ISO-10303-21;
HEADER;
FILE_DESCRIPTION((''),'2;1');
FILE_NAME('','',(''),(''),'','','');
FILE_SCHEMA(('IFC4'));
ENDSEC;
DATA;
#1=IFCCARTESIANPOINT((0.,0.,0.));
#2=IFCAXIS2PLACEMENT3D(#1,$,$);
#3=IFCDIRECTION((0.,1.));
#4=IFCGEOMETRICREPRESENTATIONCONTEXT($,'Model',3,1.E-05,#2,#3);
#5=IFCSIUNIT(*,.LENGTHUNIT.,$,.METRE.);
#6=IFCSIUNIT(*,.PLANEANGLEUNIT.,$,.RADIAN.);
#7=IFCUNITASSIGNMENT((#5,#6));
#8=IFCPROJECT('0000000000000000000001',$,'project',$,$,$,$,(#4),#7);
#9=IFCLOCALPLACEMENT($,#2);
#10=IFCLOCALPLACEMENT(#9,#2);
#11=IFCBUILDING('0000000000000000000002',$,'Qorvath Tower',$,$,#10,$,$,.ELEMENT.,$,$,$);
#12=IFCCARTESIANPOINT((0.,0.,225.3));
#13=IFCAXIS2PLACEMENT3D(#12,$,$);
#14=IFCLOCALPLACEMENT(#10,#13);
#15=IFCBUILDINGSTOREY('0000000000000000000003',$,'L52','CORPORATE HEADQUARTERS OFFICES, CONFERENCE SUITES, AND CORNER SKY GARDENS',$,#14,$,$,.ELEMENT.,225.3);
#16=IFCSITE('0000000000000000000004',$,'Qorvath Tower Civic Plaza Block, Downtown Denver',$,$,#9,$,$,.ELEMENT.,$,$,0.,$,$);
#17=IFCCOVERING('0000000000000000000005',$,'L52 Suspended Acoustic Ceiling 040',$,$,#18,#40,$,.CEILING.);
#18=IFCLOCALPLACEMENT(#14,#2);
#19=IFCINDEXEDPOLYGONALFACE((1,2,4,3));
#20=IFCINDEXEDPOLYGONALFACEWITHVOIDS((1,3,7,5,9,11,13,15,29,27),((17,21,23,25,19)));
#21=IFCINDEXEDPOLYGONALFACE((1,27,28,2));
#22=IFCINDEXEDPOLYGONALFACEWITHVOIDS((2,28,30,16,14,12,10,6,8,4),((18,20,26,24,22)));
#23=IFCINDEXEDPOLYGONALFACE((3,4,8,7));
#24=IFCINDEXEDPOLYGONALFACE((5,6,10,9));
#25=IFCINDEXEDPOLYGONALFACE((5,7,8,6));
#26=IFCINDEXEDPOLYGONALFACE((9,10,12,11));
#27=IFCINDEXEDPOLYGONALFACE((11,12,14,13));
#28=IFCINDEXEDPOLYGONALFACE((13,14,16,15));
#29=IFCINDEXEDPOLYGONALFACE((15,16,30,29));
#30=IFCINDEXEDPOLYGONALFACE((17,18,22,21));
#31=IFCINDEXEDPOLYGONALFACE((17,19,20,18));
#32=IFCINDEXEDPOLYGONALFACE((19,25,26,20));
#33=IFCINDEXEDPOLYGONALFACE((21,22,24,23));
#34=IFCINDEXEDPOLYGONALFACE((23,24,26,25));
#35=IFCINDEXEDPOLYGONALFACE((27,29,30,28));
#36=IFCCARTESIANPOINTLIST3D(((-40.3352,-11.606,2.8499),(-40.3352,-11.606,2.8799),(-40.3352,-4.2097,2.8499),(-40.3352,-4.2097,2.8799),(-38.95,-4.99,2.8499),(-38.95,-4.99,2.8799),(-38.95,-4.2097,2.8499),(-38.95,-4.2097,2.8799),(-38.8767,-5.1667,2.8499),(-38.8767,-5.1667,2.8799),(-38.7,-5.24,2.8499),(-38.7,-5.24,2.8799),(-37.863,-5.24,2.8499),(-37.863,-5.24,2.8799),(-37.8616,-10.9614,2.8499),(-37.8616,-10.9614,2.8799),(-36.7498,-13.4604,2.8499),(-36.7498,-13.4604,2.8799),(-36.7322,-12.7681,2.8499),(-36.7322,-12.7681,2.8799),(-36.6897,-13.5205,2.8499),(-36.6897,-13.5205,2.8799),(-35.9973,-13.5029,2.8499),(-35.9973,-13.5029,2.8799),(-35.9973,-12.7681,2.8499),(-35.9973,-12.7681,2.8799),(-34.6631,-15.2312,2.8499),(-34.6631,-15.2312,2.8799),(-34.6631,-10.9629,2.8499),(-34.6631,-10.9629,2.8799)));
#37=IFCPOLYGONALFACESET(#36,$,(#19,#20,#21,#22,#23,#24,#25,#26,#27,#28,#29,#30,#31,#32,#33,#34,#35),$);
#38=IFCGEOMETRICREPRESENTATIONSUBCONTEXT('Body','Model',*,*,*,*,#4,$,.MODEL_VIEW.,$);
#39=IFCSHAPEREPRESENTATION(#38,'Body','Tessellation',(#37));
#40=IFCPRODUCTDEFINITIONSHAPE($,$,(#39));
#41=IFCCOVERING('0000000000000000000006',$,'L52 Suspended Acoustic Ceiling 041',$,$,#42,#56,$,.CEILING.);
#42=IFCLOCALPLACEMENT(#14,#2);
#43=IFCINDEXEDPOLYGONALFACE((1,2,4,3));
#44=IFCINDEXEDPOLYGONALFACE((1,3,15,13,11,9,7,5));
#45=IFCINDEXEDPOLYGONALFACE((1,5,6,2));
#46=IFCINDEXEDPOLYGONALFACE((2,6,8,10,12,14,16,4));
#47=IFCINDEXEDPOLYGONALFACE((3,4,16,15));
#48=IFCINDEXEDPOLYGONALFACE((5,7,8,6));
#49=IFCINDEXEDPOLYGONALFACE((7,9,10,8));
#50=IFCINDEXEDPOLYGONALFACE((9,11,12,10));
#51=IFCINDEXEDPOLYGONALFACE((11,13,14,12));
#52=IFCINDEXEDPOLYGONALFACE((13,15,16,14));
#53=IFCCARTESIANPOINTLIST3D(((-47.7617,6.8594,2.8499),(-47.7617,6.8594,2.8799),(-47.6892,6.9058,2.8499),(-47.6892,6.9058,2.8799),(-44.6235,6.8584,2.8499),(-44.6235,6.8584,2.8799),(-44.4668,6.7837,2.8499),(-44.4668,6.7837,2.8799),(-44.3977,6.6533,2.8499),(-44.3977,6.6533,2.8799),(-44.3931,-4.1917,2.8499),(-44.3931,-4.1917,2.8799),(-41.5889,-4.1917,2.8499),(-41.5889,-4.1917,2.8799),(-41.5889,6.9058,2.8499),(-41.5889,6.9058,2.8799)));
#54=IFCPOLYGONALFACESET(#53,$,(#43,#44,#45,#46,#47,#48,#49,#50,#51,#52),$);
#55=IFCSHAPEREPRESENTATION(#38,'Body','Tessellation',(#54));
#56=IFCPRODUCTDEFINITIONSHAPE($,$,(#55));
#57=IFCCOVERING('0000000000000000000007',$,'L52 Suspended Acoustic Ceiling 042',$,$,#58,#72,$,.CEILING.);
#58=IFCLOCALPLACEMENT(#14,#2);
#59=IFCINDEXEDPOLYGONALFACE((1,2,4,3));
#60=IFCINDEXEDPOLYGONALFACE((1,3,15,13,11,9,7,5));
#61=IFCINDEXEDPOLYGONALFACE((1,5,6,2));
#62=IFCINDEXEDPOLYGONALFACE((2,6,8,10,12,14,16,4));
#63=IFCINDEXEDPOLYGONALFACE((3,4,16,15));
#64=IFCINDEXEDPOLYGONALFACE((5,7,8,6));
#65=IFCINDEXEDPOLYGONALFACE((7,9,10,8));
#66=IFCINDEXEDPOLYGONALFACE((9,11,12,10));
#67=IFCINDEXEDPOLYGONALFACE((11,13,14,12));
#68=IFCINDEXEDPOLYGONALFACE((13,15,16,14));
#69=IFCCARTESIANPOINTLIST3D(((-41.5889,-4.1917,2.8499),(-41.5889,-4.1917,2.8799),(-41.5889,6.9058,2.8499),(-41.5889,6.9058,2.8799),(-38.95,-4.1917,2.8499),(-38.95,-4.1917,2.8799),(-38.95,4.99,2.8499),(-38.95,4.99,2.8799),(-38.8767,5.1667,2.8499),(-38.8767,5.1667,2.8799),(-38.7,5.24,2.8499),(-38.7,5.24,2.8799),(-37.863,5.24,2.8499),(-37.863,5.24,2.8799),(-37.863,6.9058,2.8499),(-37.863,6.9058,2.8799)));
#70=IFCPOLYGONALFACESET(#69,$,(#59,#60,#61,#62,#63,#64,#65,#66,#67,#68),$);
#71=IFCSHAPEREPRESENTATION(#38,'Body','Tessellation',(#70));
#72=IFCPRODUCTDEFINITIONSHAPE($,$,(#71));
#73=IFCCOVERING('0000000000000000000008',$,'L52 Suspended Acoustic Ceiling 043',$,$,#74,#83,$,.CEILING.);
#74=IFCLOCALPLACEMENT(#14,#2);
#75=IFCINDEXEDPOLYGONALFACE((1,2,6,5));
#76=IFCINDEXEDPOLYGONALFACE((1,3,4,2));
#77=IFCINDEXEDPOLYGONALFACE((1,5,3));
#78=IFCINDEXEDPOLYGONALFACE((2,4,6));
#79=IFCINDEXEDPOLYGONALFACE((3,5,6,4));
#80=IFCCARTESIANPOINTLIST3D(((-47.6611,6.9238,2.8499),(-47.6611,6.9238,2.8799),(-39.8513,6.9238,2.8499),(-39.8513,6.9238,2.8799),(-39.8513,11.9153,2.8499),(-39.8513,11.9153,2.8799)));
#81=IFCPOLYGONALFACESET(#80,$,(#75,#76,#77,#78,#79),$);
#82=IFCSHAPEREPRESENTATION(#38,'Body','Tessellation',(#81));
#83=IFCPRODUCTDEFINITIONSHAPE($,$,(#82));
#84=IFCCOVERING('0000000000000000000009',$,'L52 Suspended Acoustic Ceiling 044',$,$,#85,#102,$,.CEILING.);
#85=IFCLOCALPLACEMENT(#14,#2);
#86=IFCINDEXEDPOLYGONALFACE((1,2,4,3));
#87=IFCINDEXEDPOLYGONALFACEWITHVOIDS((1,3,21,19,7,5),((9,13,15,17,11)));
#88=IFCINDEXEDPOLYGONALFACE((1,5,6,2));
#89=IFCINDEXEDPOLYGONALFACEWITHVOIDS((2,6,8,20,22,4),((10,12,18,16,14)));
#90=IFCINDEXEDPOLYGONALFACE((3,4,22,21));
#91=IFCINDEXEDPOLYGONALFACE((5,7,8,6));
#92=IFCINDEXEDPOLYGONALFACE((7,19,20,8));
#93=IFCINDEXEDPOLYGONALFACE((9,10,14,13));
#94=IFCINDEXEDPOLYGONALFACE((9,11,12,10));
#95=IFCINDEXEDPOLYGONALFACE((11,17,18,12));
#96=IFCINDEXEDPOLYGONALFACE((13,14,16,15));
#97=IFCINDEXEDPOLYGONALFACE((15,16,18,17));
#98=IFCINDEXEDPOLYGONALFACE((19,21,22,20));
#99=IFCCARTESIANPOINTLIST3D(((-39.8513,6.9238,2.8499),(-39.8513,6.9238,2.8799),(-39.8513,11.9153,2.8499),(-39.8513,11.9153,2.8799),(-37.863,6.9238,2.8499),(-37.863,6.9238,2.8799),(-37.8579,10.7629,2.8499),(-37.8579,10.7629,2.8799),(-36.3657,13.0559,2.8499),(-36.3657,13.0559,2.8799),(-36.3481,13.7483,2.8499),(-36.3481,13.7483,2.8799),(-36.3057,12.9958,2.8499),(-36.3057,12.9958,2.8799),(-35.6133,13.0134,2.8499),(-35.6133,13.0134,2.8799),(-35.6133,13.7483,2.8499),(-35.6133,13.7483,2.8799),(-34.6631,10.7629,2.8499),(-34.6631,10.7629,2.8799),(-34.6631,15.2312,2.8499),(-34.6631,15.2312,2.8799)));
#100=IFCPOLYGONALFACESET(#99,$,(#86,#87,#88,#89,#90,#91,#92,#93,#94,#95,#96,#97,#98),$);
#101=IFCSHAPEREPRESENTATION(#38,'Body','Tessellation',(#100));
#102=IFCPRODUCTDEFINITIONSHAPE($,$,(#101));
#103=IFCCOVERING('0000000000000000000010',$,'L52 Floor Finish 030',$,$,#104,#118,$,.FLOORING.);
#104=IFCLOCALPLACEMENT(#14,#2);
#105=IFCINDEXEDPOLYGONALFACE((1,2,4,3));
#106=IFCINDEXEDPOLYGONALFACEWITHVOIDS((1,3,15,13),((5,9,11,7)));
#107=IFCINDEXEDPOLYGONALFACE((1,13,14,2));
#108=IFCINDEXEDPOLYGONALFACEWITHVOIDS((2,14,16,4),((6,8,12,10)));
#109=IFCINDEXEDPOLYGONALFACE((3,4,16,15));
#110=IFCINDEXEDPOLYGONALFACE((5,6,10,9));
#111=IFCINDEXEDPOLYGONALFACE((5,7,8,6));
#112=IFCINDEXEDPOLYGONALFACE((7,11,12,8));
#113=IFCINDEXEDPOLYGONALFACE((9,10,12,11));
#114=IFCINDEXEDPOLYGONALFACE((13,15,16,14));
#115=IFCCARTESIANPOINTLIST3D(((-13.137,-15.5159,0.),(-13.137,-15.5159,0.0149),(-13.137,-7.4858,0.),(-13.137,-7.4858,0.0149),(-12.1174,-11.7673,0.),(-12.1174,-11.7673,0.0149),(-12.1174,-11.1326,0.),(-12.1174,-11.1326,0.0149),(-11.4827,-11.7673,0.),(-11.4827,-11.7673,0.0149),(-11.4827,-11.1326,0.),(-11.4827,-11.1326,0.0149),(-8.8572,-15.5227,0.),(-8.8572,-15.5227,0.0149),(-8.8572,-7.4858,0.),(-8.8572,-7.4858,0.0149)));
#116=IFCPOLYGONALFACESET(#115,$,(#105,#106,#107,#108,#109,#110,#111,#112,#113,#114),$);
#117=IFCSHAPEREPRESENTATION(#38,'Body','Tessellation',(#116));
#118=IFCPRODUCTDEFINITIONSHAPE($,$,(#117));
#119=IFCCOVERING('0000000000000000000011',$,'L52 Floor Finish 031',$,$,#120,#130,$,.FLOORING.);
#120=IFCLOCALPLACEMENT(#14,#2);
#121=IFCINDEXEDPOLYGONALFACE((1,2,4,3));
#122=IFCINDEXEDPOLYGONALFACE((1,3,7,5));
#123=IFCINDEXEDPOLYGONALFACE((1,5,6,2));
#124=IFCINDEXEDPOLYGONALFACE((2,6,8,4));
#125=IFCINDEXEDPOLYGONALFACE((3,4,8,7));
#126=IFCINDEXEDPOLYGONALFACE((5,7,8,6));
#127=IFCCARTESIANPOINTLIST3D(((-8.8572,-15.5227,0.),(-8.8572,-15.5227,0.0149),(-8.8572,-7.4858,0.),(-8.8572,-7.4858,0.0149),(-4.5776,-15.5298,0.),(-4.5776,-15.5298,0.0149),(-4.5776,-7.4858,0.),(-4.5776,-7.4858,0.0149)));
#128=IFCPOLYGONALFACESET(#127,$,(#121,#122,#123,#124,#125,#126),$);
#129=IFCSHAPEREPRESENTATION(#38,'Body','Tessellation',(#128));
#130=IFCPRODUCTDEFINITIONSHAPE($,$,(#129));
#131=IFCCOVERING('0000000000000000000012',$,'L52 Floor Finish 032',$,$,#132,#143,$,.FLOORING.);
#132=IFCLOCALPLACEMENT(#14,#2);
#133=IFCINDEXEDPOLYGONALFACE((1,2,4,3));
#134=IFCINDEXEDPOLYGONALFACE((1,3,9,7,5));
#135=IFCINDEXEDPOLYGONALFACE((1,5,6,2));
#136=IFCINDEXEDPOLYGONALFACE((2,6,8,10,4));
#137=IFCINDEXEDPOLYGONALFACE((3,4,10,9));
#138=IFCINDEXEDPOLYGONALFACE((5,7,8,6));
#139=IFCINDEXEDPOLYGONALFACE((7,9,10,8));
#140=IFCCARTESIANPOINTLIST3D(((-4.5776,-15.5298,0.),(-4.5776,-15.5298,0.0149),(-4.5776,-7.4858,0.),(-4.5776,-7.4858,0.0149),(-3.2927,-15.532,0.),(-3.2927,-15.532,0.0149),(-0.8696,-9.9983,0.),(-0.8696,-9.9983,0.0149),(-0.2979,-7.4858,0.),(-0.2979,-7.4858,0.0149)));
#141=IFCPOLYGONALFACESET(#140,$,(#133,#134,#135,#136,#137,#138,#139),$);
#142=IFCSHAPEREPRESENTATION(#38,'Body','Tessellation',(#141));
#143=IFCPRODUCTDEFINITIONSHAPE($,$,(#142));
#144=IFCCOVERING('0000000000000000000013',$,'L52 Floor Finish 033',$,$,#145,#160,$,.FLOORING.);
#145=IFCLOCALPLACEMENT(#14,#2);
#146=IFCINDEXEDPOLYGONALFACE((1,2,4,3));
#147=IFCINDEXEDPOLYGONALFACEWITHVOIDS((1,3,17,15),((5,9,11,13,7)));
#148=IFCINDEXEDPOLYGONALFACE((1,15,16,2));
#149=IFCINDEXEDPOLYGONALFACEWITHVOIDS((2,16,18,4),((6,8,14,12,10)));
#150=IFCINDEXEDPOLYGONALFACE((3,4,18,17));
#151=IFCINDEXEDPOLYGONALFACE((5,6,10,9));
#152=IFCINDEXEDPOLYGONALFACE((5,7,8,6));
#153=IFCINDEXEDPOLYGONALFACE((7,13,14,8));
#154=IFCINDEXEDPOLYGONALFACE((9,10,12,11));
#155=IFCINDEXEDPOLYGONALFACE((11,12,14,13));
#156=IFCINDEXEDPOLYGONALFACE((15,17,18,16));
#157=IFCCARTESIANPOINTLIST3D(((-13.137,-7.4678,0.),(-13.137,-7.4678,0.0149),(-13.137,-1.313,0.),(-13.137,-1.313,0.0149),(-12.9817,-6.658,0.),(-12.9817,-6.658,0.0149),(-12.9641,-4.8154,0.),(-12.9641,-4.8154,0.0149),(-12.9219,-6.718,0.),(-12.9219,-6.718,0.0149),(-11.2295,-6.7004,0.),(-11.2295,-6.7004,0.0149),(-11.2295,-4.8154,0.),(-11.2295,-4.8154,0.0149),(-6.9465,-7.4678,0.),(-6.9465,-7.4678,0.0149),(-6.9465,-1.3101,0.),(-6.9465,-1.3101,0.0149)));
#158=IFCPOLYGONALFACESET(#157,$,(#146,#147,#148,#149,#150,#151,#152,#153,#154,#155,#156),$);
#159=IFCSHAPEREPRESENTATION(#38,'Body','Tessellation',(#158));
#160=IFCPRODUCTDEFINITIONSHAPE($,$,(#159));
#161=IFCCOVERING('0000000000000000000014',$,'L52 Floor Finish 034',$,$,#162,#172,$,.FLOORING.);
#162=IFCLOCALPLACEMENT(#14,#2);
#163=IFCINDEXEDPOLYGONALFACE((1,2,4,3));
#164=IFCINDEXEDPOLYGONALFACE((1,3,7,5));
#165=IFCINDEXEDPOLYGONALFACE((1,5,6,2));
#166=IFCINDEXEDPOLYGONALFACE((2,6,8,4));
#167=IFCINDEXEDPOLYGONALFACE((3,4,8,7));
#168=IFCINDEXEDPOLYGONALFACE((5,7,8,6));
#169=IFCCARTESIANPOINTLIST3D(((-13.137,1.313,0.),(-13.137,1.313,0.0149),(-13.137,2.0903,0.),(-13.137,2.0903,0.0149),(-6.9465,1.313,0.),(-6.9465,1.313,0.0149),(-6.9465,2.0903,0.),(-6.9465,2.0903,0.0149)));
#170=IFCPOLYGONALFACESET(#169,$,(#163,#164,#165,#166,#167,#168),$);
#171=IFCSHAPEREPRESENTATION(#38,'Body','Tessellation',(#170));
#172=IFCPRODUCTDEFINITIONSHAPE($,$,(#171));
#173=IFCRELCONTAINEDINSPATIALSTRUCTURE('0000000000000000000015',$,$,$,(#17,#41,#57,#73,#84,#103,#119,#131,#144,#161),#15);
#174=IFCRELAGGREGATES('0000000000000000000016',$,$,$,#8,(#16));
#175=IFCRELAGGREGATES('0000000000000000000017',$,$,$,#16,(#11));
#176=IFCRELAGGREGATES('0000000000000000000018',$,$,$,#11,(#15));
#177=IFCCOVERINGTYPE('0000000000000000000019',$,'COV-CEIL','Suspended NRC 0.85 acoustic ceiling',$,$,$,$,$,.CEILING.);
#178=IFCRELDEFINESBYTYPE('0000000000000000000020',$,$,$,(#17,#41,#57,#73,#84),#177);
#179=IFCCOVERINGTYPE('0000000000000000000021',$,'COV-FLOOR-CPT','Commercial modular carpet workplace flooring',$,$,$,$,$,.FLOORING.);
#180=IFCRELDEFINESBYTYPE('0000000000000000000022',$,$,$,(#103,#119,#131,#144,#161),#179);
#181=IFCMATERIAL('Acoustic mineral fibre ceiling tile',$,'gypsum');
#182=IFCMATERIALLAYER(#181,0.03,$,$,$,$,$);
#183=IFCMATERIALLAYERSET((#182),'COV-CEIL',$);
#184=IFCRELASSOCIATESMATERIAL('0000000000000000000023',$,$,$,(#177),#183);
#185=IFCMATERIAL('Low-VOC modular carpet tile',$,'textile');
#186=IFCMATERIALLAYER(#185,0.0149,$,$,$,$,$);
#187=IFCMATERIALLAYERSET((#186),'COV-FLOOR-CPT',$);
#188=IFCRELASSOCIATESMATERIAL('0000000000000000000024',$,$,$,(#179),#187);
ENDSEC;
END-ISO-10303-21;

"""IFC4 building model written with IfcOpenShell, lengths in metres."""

from ifc_helpers import new_model, si_unit, direction, frame, origin, place, context, subcontext, project, spatial, polyline, outline, extrude, material, layer, layer_set, type_object, element, save


model = new_model("IFC4")

# Units and contexts
model_context = context("Model", 3, precision=1e-05, world=origin(), true_north=direction((0.0, 1.0)))
body_context = subcontext(model_context, "Body", "Model", "MODEL_VIEW")
ifc_project = project(units=[si_unit("LENGTHUNIT", "METRE"), si_unit("PLANEANGLEUNIT", "RADIAN")], contexts=[model_context])

# Site, building, storey
site_placement = place(None, origin())
site = spatial("IfcSite", under=ifc_project, at=site_placement, Name="Qorvath Tower Civic Plaza Block, Downtown Denver", CompositionType="ELEMENT", RefElevation=0.0)
building_placement = place(site_placement, origin())
building = spatial("IfcBuilding", under=site, at=building_placement, Name="Qorvath Tower", CompositionType="ELEMENT")
storey_placement = place(building_placement, frame((0.0, 0.0, 225.3)))
storey = spatial("IfcBuildingStorey", under=building, at=storey_placement, Name="L52", Description="CORPORATE HEADQUARTERS OFFICES, CONFERENCE SUITES, AND CORNER SKY GARDENS", CompositionType="ELEMENT", Elevation=225.3)

# Coverings
ifc_material_1 = material(Name="Acoustic mineral fibre ceiling tile", Category="gypsum")
ifc_layer_1 = layer(ifc_material_1, 0.03)
ifc_layer_set_1 = layer_set([ifc_layer_1], Name="COV-CEIL")
covering_type_1 = type_object("IfcCoveringType", Name="COV-CEIL", Description="Suspended NRC 0.85 acoustic ceiling", PredefinedType="CEILING", material=ifc_layer_set_1)
covering_1_placement = place(storey_placement, frame((0.0, 0.0, 2.8499)))
element("IfcCovering", 1, at=covering_1_placement, inside=storey, type_object=covering_type_1, Name="L52 Suspended Acoustic Ceiling 040", PredefinedType="CEILING", context=body_context, shape_type="SweptSolid", body=[
    extrude(outline(polyline([(-40.3352, -4.2097), (-40.3352, -11.606), (-34.6631, -15.2312), (-34.6631, -10.9629), (-37.8616, -10.9614), (-37.863, -5.24), (-38.7, -5.24), (-38.8767, -5.1667), (-38.95, -4.99), (-38.95, -4.2097), (-40.3352, -4.2097)]), holes=[polyline([(-36.7498, -13.4604), (-36.7322, -12.7681), (-35.9973, -12.7681), (-35.9973, -13.5029), (-36.6897, -13.5205), (-36.7498, -13.4604)])]), origin(), (0.0, 0.0, 1.0), 0.03),
])
covering_2_placement = place(storey_placement, frame((0.0, 0.0, 2.8499)))
element("IfcCovering", 2, at=covering_2_placement, inside=storey, type_object=covering_type_1, Name="L52 Suspended Acoustic Ceiling 041", PredefinedType="CEILING", context=body_context, shape_type="SweptSolid", body=[
    extrude(outline(polyline([(-44.4668, 6.7837), (-44.3977, 6.6533), (-44.3931, -4.1917), (-41.5889, -4.1917), (-41.5889, 6.9058), (-47.6892, 6.9058), (-47.7617, 6.8594), (-44.6235, 6.8584), (-44.4668, 6.7837)])), origin(), (0.0, 0.0, 1.0), 0.03),
])
covering_3_placement = place(storey_placement, frame((0.0, 0.0, 2.8499)))
element("IfcCovering", 3, at=covering_3_placement, inside=storey, type_object=covering_type_1, Name="L52 Suspended Acoustic Ceiling 042", PredefinedType="CEILING", context=body_context, shape_type="SweptSolid", body=[
    extrude(outline(polyline([(-41.5889, 6.9058), (-41.5889, -4.1917), (-38.95, -4.1917), (-38.95, 4.99), (-38.8767, 5.1667), (-38.7, 5.24), (-37.863, 5.24), (-37.863, 6.9058), (-41.5889, 6.9058)])), origin(), (0.0, 0.0, 1.0), 0.03),
])
covering_4_placement = place(storey_placement, frame((0.0, 0.0, 2.8499)))
element("IfcCovering", 4, at=covering_4_placement, inside=storey, type_object=covering_type_1, Name="L52 Suspended Acoustic Ceiling 043", PredefinedType="CEILING", context=body_context, shape_type="SweptSolid", body=[
    extrude(outline(polyline([(-39.8513, 6.9238), (-39.8513, 11.9153), (-47.6611, 6.9238), (-39.8513, 6.9238)])), origin(), (0.0, 0.0, 1.0), 0.03),
])
covering_5_placement = place(storey_placement, frame((0.0, 0.0, 2.8499)))
element("IfcCovering", 5, at=covering_5_placement, inside=storey, type_object=covering_type_1, Name="L52 Suspended Acoustic Ceiling 044", PredefinedType="CEILING", context=body_context, shape_type="SweptSolid", body=[
    extrude(outline(polyline([(-37.8579, 10.7629), (-34.6631, 10.7629), (-34.6631, 15.2312), (-39.8513, 11.9153), (-39.8513, 6.9238), (-37.863, 6.9238), (-37.8579, 10.7629)]), holes=[polyline([(-36.3657, 13.0559), (-36.3481, 13.7483), (-35.6133, 13.7483), (-35.6133, 13.0134), (-36.3057, 12.9958), (-36.3657, 13.0559)])]), origin(), (0.0, 0.0, 1.0), 0.03),
])
ifc_material_2 = material(Name="Low-VOC modular carpet tile", Category="textile")
ifc_layer_2 = layer(ifc_material_2, 0.0149)
ifc_layer_set_2 = layer_set([ifc_layer_2], Name="COV-FLOOR-CPT")
covering_type_2 = type_object("IfcCoveringType", Name="COV-FLOOR-CPT", Description="Commercial modular carpet workplace flooring", PredefinedType="FLOORING", material=ifc_layer_set_2)
covering_6_placement = place(storey_placement, origin())
element("IfcCovering", 6, at=covering_6_placement, inside=storey, type_object=covering_type_2, Name="L52 Floor Finish 030", PredefinedType="FLOORING", context=body_context, shape_type="SweptSolid", body=[
    extrude(outline(polyline([(-13.137, -15.5159), (-8.8572, -15.5227), (-8.8572, -7.4858), (-13.137, -7.4858), (-13.137, -15.5159)]), holes=[polyline([(-12.1174, -11.7673), (-12.1174, -11.1326), (-11.4827, -11.1326), (-11.4827, -11.7673), (-12.1174, -11.7673)])]), origin(), (0.0, 0.0, 1.0), 0.0149),
])
covering_7_placement = place(storey_placement, origin())
element("IfcCovering", 7, at=covering_7_placement, inside=storey, type_object=covering_type_2, Name="L52 Floor Finish 031", PredefinedType="FLOORING", context=body_context, shape_type="SweptSolid", body=[
    extrude(outline(polyline([(-8.8572, -7.4858), (-8.8572, -15.5227), (-4.5776, -15.5298), (-4.5776, -7.4858), (-8.8572, -7.4858)])), origin(), (0.0, 0.0, 1.0), 0.0149),
])
covering_8_placement = place(storey_placement, origin())
element("IfcCovering", 8, at=covering_8_placement, inside=storey, type_object=covering_type_2, Name="L52 Floor Finish 032", PredefinedType="FLOORING", context=body_context, shape_type="SweptSolid", body=[
    extrude(outline(polyline([(-4.5776, -7.4858), (-4.5776, -15.5298), (-3.2927, -15.532), (-0.8696, -9.9983), (-0.2979, -7.4858), (-4.5776, -7.4858)])), origin(), (0.0, 0.0, 1.0), 0.0149),
])
covering_9_placement = place(storey_placement, origin())
element("IfcCovering", 9, at=covering_9_placement, inside=storey, type_object=covering_type_2, Name="L52 Floor Finish 033", PredefinedType="FLOORING", context=body_context, shape_type="SweptSolid", body=[
    extrude(outline(polyline([(-6.9465, -7.4678), (-6.9465, -1.3101), (-13.137, -1.313), (-13.137, -7.4678), (-6.9465, -7.4678)]), holes=[polyline([(-12.9817, -6.658), (-12.9641, -4.8154), (-11.2295, -4.8154), (-11.2295, -6.7004), (-12.9219, -6.718), (-12.9817, -6.658)])]), origin(), (0.0, 0.0, 1.0), 0.0149),
])
covering_10_placement = place(storey_placement, origin())
element("IfcCovering", 10, at=covering_10_placement, inside=storey, type_object=covering_type_2, Name="L52 Floor Finish 034", PredefinedType="FLOORING", context=body_context, shape_type="SweptSolid", body=[
    extrude(outline(polyline([(-6.9465, 1.313), (-6.9465, 2.0903), (-13.137, 2.0903), (-13.137, 1.313), (-6.9465, 1.313)])), origin(), (0.0, 0.0, 1.0), 0.0149),
])

save(model, "model.ifc")
